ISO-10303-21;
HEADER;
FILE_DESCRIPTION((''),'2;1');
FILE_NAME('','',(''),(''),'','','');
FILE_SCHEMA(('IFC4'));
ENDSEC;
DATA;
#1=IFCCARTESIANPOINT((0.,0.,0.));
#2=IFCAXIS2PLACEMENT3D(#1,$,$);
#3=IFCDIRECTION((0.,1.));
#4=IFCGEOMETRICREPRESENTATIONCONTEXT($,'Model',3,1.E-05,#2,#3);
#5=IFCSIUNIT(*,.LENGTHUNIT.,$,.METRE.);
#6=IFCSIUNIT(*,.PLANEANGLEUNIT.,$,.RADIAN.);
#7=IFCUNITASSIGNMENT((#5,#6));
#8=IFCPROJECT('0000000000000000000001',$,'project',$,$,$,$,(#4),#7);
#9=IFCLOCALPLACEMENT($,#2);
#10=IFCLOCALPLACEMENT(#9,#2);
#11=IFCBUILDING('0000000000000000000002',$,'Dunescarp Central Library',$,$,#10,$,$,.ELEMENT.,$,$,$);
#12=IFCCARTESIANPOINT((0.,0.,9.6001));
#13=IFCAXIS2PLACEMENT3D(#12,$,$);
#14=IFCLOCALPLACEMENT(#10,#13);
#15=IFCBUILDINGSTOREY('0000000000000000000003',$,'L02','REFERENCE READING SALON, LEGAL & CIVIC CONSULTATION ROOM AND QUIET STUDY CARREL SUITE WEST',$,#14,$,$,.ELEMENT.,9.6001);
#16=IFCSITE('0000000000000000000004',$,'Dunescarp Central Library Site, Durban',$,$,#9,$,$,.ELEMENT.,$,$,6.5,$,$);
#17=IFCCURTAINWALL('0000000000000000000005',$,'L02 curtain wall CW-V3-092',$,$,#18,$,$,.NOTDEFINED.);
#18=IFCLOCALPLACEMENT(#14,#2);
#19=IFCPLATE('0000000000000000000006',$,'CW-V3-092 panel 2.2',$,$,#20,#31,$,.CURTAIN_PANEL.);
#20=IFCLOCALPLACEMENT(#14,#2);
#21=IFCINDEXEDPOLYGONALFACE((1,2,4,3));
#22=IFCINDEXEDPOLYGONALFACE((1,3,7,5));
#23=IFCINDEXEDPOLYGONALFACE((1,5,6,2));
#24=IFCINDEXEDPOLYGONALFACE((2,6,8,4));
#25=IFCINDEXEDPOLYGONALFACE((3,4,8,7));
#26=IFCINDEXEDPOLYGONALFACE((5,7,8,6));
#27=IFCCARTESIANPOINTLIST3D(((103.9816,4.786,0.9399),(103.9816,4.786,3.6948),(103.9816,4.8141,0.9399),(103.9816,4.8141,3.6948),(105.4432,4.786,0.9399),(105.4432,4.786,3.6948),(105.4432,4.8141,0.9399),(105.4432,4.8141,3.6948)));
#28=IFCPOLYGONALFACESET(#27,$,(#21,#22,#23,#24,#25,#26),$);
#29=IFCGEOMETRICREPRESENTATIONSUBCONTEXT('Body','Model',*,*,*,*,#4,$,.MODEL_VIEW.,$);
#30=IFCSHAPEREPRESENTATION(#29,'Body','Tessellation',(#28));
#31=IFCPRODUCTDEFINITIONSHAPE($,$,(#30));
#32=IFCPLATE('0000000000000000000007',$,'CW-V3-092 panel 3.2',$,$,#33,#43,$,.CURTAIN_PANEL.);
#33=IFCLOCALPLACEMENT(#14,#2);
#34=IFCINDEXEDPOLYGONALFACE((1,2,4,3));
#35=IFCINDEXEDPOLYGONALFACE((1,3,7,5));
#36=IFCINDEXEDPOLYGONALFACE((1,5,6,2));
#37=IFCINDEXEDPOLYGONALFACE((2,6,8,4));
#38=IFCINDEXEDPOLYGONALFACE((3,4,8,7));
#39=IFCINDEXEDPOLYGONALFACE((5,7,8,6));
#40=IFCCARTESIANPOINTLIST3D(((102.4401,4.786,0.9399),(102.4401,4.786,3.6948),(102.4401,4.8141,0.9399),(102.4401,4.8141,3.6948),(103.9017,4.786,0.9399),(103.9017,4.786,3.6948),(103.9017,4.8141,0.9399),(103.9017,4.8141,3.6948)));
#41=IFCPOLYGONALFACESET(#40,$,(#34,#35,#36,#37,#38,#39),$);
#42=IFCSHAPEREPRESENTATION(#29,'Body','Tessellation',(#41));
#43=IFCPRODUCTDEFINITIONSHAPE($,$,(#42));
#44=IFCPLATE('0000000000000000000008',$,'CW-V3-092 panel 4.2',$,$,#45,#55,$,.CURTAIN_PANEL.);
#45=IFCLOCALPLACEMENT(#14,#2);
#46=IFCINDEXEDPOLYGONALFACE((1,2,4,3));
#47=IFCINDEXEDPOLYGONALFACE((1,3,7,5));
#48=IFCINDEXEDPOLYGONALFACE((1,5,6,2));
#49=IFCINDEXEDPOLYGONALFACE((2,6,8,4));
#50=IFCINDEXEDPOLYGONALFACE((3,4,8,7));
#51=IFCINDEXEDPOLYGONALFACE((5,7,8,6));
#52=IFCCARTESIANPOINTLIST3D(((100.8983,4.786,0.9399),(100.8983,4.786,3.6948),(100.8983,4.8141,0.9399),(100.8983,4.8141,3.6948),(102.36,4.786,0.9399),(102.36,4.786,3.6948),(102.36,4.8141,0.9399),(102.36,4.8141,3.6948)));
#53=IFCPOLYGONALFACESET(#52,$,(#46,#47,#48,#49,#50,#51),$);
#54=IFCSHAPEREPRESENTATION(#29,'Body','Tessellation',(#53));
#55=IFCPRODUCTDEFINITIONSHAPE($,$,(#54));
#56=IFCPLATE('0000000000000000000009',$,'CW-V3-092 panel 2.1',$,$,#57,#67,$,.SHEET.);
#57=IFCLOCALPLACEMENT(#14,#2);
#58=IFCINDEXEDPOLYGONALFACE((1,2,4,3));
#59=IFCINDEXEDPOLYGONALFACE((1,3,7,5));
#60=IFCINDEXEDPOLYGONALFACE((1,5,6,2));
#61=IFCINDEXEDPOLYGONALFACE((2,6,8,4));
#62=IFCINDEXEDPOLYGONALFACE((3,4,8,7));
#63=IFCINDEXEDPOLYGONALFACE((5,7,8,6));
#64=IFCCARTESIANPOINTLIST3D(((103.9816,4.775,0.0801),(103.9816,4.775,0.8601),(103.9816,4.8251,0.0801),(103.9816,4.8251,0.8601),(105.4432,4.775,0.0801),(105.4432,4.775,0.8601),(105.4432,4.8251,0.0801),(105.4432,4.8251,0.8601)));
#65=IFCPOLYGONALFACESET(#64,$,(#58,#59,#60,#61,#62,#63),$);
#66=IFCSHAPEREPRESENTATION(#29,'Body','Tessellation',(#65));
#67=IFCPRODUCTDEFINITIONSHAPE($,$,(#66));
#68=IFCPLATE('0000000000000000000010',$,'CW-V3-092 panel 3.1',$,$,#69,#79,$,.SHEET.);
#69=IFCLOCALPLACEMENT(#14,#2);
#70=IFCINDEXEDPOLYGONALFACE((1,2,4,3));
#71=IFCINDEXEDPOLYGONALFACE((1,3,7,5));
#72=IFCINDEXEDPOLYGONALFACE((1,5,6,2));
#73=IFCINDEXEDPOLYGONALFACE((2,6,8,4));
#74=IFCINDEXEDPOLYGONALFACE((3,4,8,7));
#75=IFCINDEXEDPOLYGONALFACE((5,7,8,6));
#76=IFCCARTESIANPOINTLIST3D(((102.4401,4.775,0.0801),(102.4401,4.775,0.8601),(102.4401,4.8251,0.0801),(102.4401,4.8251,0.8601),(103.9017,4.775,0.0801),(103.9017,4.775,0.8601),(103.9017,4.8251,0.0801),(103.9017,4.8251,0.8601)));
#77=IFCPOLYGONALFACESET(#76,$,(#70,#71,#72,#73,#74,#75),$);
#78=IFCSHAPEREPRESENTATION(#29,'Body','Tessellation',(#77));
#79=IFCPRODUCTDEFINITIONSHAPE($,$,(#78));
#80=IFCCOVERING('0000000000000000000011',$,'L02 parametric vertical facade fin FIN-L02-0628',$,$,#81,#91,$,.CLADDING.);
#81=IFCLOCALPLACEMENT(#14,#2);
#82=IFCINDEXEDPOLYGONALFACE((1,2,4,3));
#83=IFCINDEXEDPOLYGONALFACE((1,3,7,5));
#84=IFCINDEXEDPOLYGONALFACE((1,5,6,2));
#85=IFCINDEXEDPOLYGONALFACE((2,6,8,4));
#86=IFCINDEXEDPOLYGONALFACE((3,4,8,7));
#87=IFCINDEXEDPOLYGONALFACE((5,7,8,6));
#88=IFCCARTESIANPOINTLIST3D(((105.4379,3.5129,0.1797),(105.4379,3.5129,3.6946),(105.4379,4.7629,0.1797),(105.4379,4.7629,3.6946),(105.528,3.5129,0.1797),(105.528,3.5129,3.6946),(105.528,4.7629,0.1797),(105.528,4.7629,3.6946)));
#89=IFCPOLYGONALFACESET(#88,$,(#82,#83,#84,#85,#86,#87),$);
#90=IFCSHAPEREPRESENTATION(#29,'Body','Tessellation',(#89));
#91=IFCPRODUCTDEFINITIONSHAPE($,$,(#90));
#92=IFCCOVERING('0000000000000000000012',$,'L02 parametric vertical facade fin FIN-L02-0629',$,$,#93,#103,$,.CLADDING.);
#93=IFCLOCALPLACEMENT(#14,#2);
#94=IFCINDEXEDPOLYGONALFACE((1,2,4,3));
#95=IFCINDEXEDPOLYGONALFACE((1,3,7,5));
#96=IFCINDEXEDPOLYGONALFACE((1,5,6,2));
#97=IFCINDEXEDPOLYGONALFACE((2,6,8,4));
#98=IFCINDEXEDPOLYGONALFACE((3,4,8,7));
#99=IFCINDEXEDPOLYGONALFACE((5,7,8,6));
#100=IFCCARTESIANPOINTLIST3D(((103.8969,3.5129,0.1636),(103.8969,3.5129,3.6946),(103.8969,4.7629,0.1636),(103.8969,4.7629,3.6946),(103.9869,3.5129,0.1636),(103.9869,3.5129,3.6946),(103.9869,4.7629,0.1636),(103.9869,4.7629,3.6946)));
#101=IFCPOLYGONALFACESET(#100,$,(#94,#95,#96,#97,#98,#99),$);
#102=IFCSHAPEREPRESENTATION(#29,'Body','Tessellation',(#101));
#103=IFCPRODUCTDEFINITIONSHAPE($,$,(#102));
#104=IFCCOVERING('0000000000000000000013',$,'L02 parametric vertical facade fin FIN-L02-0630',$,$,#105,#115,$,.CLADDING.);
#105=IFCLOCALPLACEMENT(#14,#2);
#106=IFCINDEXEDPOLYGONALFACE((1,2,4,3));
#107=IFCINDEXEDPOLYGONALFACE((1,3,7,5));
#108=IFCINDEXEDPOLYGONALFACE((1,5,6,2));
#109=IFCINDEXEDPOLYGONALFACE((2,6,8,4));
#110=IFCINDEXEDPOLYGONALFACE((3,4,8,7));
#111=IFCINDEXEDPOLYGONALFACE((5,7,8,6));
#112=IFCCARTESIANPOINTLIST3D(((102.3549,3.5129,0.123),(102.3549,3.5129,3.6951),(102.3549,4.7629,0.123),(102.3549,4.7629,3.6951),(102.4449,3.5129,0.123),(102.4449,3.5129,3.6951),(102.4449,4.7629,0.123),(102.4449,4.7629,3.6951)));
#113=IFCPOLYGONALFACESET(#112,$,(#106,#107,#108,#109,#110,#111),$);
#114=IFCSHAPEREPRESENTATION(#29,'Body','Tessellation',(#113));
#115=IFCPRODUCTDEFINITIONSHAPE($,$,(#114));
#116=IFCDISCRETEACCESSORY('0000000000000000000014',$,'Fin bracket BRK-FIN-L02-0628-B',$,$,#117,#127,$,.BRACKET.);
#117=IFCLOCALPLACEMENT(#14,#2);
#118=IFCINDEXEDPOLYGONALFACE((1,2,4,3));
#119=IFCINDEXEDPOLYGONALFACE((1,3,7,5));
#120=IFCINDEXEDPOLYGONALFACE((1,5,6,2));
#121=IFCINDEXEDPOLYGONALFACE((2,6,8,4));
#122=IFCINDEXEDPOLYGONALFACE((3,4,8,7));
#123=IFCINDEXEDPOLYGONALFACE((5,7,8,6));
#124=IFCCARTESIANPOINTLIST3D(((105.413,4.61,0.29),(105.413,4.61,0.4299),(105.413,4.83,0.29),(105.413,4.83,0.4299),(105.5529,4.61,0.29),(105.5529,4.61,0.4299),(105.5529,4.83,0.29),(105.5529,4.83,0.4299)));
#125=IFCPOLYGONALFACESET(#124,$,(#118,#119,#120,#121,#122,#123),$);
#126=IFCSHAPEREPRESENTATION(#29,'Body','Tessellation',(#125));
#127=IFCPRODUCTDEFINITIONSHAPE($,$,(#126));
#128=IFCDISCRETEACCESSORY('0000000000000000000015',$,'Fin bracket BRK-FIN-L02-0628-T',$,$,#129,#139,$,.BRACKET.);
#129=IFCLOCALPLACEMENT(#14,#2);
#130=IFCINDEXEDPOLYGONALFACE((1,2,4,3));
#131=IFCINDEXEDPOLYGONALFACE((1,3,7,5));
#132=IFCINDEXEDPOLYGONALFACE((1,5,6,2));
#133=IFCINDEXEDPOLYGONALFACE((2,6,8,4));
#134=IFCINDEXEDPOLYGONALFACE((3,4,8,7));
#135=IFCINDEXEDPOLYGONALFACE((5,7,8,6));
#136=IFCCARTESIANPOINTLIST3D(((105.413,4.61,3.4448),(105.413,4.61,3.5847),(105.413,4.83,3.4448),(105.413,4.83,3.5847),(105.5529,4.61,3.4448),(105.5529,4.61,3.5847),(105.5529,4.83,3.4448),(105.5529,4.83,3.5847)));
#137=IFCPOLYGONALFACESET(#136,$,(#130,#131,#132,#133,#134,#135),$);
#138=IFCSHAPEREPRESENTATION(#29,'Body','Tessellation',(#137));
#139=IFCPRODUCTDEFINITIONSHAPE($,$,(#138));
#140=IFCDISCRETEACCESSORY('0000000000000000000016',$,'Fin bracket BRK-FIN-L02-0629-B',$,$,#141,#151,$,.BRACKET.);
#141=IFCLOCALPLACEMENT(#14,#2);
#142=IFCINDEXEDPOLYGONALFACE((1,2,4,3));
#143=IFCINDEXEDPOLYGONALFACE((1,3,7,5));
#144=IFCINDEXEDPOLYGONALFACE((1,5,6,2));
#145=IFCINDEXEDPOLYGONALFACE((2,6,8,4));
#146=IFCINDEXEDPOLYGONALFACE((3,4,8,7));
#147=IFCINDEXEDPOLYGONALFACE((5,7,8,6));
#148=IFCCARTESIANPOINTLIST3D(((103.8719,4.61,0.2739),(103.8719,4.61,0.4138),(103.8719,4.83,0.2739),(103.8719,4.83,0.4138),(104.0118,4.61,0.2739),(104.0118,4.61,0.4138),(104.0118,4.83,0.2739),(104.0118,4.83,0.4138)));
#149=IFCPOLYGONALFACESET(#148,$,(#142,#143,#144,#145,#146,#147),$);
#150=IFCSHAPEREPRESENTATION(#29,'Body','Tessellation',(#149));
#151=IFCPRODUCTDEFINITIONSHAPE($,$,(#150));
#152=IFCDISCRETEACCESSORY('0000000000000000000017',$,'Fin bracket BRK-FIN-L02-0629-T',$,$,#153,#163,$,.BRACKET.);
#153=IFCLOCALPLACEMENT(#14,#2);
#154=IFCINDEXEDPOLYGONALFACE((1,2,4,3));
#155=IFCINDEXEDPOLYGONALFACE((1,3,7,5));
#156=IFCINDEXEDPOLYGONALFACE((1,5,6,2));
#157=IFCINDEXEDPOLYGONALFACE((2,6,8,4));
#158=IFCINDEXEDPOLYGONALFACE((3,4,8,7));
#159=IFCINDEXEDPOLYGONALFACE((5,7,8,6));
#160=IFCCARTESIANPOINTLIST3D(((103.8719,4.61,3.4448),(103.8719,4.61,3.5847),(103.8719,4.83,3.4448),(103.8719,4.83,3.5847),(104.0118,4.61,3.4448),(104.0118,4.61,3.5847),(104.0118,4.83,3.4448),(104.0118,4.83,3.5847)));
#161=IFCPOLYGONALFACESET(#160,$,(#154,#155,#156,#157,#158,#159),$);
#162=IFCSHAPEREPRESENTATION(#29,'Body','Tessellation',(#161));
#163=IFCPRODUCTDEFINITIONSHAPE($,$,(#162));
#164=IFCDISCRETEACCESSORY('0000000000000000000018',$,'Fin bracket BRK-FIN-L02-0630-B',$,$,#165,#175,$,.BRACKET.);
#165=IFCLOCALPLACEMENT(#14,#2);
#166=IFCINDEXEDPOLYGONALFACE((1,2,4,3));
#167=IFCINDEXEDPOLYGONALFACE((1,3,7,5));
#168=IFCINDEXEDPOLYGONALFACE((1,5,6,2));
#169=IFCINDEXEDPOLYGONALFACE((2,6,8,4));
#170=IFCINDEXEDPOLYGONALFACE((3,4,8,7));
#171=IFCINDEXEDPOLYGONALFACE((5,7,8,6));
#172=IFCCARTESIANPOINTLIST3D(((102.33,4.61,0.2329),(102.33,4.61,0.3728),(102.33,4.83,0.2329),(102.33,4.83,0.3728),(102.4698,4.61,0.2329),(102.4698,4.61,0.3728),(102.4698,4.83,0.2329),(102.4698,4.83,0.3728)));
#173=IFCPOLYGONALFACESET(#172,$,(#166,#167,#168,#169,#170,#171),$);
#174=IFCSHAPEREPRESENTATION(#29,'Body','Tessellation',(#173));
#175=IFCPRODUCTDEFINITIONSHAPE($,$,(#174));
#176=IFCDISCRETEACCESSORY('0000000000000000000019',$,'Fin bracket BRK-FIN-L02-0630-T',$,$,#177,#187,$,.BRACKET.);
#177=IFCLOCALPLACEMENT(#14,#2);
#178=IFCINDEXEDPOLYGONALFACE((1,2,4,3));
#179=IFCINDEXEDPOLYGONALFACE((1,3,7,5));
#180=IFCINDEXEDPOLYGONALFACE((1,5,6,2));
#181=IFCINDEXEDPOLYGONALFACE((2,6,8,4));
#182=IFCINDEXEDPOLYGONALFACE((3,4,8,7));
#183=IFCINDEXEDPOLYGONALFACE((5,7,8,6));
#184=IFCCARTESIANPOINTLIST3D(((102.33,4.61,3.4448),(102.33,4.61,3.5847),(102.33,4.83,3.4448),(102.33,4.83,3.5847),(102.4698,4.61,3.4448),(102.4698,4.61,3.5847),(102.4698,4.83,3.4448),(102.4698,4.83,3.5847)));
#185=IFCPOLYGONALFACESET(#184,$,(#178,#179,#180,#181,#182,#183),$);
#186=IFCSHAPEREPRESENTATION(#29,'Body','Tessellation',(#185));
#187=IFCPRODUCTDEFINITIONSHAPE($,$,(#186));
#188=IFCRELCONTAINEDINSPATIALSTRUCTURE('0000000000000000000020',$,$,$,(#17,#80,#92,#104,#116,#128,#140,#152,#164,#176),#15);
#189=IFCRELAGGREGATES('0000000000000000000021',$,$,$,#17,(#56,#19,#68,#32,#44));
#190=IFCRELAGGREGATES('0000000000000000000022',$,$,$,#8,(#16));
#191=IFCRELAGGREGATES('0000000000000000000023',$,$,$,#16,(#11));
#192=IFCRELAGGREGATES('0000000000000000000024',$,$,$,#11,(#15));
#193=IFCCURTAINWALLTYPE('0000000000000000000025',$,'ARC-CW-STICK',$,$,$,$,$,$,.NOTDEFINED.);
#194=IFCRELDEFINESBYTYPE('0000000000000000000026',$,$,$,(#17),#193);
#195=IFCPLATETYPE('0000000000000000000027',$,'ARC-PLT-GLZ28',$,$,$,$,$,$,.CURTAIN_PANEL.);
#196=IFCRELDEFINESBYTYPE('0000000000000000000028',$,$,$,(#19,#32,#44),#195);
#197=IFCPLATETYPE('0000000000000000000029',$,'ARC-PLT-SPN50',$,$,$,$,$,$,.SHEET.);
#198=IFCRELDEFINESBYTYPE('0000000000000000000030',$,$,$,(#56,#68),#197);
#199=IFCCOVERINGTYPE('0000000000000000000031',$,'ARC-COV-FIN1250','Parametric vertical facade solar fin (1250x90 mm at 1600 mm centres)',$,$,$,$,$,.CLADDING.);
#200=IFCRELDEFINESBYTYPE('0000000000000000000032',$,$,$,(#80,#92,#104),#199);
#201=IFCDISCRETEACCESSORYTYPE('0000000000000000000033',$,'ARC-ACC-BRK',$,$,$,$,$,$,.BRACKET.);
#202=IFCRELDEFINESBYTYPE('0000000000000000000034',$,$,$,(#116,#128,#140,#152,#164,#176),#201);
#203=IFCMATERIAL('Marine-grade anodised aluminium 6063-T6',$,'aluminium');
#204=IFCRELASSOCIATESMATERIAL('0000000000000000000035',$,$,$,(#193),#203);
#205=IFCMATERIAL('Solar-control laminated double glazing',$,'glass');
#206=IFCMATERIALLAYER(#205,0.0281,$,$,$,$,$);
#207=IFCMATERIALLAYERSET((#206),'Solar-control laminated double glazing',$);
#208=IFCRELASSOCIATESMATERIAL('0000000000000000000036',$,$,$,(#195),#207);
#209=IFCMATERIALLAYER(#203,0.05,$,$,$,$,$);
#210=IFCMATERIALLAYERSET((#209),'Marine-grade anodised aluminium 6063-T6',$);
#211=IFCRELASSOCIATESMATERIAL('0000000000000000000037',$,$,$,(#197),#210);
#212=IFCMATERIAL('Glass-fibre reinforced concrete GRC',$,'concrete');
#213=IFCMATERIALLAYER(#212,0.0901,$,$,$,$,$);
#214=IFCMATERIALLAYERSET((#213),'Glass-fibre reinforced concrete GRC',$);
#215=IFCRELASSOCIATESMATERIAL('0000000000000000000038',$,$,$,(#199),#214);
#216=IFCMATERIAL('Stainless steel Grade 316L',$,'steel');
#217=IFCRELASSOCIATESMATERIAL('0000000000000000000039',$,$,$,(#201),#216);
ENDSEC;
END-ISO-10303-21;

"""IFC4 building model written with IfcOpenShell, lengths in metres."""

from ifc_helpers import new_model, si_unit, direction, frame, origin, origin_2d, place, context, subcontext, project, spatial, rectangle, extrude, material, layer, layer_set, type_object, element, aggregate, save


model = new_model("IFC4")

# Units and contexts
model_context = context("Model", 3, precision=1e-05, world=origin(), true_north=direction((0.0, 1.0)))
body_context = subcontext(model_context, "Body", "Model", "MODEL_VIEW")
ifc_project = project(units=[si_unit("LENGTHUNIT", "METRE"), si_unit("PLANEANGLEUNIT", "RADIAN")], contexts=[model_context])

# Site, building, storey
site_placement = place(None, origin())
site = spatial("IfcSite", under=ifc_project, at=site_placement, Name="Dunescarp Central Library Site, Durban", CompositionType="ELEMENT", RefElevation=6.5)
building_placement = place(site_placement, origin())
building = spatial("IfcBuilding", under=site, at=building_placement, Name="Dunescarp Central Library", CompositionType="ELEMENT")
storey_placement = place(building_placement, frame((0.0, 0.0, 9.6001)))
storey = spatial("IfcBuildingStorey", under=building, at=storey_placement, Name="L02", Description="REFERENCE READING SALON, LEGAL & CIVIC CONSULTATION ROOM AND QUIET STUDY CARREL SUITE WEST", CompositionType="ELEMENT", Elevation=9.6001)

# Curtain wall
ifc_material_1 = material(Name="Marine-grade anodised aluminium 6063-T6", Category="aluminium")
curtain_wall_type = type_object("IfcCurtainWallType", Name="ARC-CW-STICK", PredefinedType="NOTDEFINED", material=ifc_material_1)
curtain_wall_placement = place(storey_placement, origin())
curtain_wall = element("IfcCurtainWall", 1, at=curtain_wall_placement, inside=storey, type_object=curtain_wall_type, Name="L02 curtain wall CW-V3-092", PredefinedType="NOTDEFINED")

# Plates
ifc_material_2 = material(Name="Solar-control laminated double glazing", Category="glass")
ifc_layer_1 = layer(ifc_material_2, 0.0281)
ifc_layer_set_1 = layer_set([ifc_layer_1], Name="Solar-control laminated double glazing")
plate_type_1 = type_object("IfcPlateType", Name="ARC-PLT-GLZ28", PredefinedType="CURTAIN_PANEL", material=ifc_layer_set_1)
plate_1_placement = place(storey_placement, frame((104.7124, 4.8, 0.9399), z_axis=(0.0, 0.0, 1.0), x_axis=(-1.0, 0.0, 0.0)))
plate_1 = element("IfcPlate", 2, at=plate_1_placement, type_object=plate_type_1, Name="CW-V3-092 panel 2.2", PredefinedType="CURTAIN_PANEL", context=body_context, shape_type="SweptSolid", body=[
    extrude(rectangle(XDim=1.4617, YDim=0.0281, at=origin_2d()), origin(), (0.0, 0.0, 1.0), 2.7549),
])
plate_2_placement = place(storey_placement, frame((103.1709, 4.8, 0.9399), z_axis=(0.0, 0.0, 1.0), x_axis=(-1.0, 0.0, 0.0)))
plate_2 = element("IfcPlate", 3, at=plate_2_placement, type_object=plate_type_1, Name="CW-V3-092 panel 3.2", PredefinedType="CURTAIN_PANEL", context=body_context, shape_type="SweptSolid", body=[
    extrude(rectangle(XDim=1.4617, YDim=0.0281, at=origin_2d()), origin(), (0.0, 0.0, 1.0), 2.7549),
])
plate_3_placement = place(storey_placement, frame((101.6292, 4.8, 0.9399), z_axis=(0.0, 0.0, 1.0), x_axis=(-1.0, 0.0, 0.0)))
plate_3 = element("IfcPlate", 4, at=plate_3_placement, type_object=plate_type_1, Name="CW-V3-092 panel 4.2", PredefinedType="CURTAIN_PANEL", context=body_context, shape_type="SweptSolid", body=[
    extrude(rectangle(XDim=1.4617, YDim=0.0281, at=origin_2d()), origin(), (0.0, 0.0, 1.0), 2.7549),
])
ifc_layer_2 = layer(ifc_material_1, 0.05)
ifc_layer_set_2 = layer_set([ifc_layer_2], Name="Marine-grade anodised aluminium 6063-T6")
plate_type_2 = type_object("IfcPlateType", Name="ARC-PLT-SPN50", PredefinedType="SHEET", material=ifc_layer_set_2)
plate_4_placement = place(storey_placement, frame((104.7124, 4.8, 0.0801), z_axis=(0.0, 0.0, 1.0), x_axis=(-1.0, 0.0, 0.0)))
plate_4 = element("IfcPlate", 5, at=plate_4_placement, type_object=plate_type_2, Name="CW-V3-092 panel 2.1", PredefinedType="SHEET", context=body_context, shape_type="SweptSolid", body=[
    extrude(rectangle(XDim=1.4617, YDim=0.05, at=origin_2d()), origin(), (0.0, 0.0, 1.0), 0.78),
])
plate_5_placement = place(storey_placement, frame((103.1709, 4.8, 0.0801), z_axis=(0.0, 0.0, 1.0), x_axis=(-1.0, 0.0, 0.0)))
plate_5 = element("IfcPlate", 6, at=plate_5_placement, type_object=plate_type_2, Name="CW-V3-092 panel 3.1", PredefinedType="SHEET", context=body_context, shape_type="SweptSolid", body=[
    extrude(rectangle(XDim=1.4617, YDim=0.05, at=origin_2d()), origin(), (0.0, 0.0, 1.0), 0.78),
])
aggregate(curtain_wall, [plate_4, plate_1, plate_5, plate_2, plate_3])

# Coverings
ifc_material_3 = material(Name="Glass-fibre reinforced concrete GRC", Category="concrete")
ifc_layer_3 = layer(ifc_material_3, 0.0901)
ifc_layer_set_3 = layer_set([ifc_layer_3], Name="Glass-fibre reinforced concrete GRC")
covering_type = type_object("IfcCoveringType", Name="ARC-COV-FIN1250", Description="Parametric vertical facade solar fin (1250x90 mm at 1600 mm centres)", PredefinedType="CLADDING", material=ifc_layer_set_3)
covering_1_placement = place(storey_placement, frame((105.4829, 4.1379, 0.1797), z_axis=(0.0, 0.0, 1.0), x_axis=(0.0, -1.0, 0.0)))
element("IfcCovering", 7, at=covering_1_placement, inside=storey, type_object=covering_type, Name="L02 parametric vertical facade fin FIN-L02-0628", PredefinedType="CLADDING", context=body_context, shape_type="SweptSolid", body=[
    extrude(rectangle(XDim=1.25, YDim=0.0901, at=origin_2d()), origin(), (0.0, 0.0, 1.0), 3.5149),
])
covering_2_placement = place(storey_placement, frame((103.9419, 4.1379, 0.1636), z_axis=(0.0, 0.0, 1.0), x_axis=(0.0, -1.0, 0.0)))
element("IfcCovering", 8, at=covering_2_placement, inside=storey, type_object=covering_type, Name="L02 parametric vertical facade fin FIN-L02-0629", PredefinedType="CLADDING", context=body_context, shape_type="SweptSolid", body=[
    extrude(rectangle(XDim=1.25, YDim=0.0901, at=origin_2d()), origin(), (0.0, 0.0, 1.0), 3.531),
])
covering_3_placement = place(storey_placement, frame((102.3999, 4.1379, 0.123), z_axis=(0.0, 0.0, 1.0), x_axis=(0.0, -1.0, 0.0)))
element("IfcCovering", 9, at=covering_3_placement, inside=storey, type_object=covering_type, Name="L02 parametric vertical facade fin FIN-L02-0630", PredefinedType="CLADDING", context=body_context, shape_type="SweptSolid", body=[
    extrude(rectangle(XDim=1.25, YDim=0.0901, at=origin_2d()), origin(), (0.0, 0.0, 1.0), 3.572),
])

# Discrete accessories
ifc_material_4 = material(Name="Stainless steel Grade 316L", Category="steel")
discrete_accessory_type = type_object("IfcDiscreteAccessoryType", Name="ARC-ACC-BRK", PredefinedType="BRACKET", material=ifc_material_4)
for number, where, z_axis, x_axis, name in (
    (10, (105.4829, 4.72, 0.29), (0.0, 0.0, 1.0), (0.0, -1.0, 0.0), "Fin bracket BRK-FIN-L02-0628-B"),
    (11, (105.4829, 4.72, 3.4448), (0.0, 0.0, 1.0), (0.0, -1.0, 0.0), "Fin bracket BRK-FIN-L02-0628-T"),
    (12, (103.9419, 4.72, 0.2739), (0.0, 0.0, 1.0), (0.0, -1.0, 0.0), "Fin bracket BRK-FIN-L02-0629-B"),
    (13, (103.9419, 4.72, 3.4448), (0.0, 0.0, 1.0), (0.0, -1.0, 0.0), "Fin bracket BRK-FIN-L02-0629-T"),
    (14, (102.3999, 4.72, 0.2329), (0.0, 0.0, 1.0), (0.0, -1.0, 0.0), "Fin bracket BRK-FIN-L02-0630-B"),
    (15, (102.3999, 4.72, 3.4448), (0.0, 0.0, 1.0), (0.0, -1.0, 0.0), "Fin bracket BRK-FIN-L02-0630-T"),
):
    element("IfcDiscreteAccessory", number, at=place(storey_placement, frame(where, z_axis=z_axis, x_axis=x_axis)), inside=storey, type_object=discrete_accessory_type, Name=name, PredefinedType="BRACKET", context=body_context, shape_type="SweptSolid", body=[
        extrude(rectangle(XDim=0.22, YDim=0.1399, at=origin_2d()), origin(), (0.0, 0.0, 1.0), 0.1399),
    ])

save(model, "model.ifc")
